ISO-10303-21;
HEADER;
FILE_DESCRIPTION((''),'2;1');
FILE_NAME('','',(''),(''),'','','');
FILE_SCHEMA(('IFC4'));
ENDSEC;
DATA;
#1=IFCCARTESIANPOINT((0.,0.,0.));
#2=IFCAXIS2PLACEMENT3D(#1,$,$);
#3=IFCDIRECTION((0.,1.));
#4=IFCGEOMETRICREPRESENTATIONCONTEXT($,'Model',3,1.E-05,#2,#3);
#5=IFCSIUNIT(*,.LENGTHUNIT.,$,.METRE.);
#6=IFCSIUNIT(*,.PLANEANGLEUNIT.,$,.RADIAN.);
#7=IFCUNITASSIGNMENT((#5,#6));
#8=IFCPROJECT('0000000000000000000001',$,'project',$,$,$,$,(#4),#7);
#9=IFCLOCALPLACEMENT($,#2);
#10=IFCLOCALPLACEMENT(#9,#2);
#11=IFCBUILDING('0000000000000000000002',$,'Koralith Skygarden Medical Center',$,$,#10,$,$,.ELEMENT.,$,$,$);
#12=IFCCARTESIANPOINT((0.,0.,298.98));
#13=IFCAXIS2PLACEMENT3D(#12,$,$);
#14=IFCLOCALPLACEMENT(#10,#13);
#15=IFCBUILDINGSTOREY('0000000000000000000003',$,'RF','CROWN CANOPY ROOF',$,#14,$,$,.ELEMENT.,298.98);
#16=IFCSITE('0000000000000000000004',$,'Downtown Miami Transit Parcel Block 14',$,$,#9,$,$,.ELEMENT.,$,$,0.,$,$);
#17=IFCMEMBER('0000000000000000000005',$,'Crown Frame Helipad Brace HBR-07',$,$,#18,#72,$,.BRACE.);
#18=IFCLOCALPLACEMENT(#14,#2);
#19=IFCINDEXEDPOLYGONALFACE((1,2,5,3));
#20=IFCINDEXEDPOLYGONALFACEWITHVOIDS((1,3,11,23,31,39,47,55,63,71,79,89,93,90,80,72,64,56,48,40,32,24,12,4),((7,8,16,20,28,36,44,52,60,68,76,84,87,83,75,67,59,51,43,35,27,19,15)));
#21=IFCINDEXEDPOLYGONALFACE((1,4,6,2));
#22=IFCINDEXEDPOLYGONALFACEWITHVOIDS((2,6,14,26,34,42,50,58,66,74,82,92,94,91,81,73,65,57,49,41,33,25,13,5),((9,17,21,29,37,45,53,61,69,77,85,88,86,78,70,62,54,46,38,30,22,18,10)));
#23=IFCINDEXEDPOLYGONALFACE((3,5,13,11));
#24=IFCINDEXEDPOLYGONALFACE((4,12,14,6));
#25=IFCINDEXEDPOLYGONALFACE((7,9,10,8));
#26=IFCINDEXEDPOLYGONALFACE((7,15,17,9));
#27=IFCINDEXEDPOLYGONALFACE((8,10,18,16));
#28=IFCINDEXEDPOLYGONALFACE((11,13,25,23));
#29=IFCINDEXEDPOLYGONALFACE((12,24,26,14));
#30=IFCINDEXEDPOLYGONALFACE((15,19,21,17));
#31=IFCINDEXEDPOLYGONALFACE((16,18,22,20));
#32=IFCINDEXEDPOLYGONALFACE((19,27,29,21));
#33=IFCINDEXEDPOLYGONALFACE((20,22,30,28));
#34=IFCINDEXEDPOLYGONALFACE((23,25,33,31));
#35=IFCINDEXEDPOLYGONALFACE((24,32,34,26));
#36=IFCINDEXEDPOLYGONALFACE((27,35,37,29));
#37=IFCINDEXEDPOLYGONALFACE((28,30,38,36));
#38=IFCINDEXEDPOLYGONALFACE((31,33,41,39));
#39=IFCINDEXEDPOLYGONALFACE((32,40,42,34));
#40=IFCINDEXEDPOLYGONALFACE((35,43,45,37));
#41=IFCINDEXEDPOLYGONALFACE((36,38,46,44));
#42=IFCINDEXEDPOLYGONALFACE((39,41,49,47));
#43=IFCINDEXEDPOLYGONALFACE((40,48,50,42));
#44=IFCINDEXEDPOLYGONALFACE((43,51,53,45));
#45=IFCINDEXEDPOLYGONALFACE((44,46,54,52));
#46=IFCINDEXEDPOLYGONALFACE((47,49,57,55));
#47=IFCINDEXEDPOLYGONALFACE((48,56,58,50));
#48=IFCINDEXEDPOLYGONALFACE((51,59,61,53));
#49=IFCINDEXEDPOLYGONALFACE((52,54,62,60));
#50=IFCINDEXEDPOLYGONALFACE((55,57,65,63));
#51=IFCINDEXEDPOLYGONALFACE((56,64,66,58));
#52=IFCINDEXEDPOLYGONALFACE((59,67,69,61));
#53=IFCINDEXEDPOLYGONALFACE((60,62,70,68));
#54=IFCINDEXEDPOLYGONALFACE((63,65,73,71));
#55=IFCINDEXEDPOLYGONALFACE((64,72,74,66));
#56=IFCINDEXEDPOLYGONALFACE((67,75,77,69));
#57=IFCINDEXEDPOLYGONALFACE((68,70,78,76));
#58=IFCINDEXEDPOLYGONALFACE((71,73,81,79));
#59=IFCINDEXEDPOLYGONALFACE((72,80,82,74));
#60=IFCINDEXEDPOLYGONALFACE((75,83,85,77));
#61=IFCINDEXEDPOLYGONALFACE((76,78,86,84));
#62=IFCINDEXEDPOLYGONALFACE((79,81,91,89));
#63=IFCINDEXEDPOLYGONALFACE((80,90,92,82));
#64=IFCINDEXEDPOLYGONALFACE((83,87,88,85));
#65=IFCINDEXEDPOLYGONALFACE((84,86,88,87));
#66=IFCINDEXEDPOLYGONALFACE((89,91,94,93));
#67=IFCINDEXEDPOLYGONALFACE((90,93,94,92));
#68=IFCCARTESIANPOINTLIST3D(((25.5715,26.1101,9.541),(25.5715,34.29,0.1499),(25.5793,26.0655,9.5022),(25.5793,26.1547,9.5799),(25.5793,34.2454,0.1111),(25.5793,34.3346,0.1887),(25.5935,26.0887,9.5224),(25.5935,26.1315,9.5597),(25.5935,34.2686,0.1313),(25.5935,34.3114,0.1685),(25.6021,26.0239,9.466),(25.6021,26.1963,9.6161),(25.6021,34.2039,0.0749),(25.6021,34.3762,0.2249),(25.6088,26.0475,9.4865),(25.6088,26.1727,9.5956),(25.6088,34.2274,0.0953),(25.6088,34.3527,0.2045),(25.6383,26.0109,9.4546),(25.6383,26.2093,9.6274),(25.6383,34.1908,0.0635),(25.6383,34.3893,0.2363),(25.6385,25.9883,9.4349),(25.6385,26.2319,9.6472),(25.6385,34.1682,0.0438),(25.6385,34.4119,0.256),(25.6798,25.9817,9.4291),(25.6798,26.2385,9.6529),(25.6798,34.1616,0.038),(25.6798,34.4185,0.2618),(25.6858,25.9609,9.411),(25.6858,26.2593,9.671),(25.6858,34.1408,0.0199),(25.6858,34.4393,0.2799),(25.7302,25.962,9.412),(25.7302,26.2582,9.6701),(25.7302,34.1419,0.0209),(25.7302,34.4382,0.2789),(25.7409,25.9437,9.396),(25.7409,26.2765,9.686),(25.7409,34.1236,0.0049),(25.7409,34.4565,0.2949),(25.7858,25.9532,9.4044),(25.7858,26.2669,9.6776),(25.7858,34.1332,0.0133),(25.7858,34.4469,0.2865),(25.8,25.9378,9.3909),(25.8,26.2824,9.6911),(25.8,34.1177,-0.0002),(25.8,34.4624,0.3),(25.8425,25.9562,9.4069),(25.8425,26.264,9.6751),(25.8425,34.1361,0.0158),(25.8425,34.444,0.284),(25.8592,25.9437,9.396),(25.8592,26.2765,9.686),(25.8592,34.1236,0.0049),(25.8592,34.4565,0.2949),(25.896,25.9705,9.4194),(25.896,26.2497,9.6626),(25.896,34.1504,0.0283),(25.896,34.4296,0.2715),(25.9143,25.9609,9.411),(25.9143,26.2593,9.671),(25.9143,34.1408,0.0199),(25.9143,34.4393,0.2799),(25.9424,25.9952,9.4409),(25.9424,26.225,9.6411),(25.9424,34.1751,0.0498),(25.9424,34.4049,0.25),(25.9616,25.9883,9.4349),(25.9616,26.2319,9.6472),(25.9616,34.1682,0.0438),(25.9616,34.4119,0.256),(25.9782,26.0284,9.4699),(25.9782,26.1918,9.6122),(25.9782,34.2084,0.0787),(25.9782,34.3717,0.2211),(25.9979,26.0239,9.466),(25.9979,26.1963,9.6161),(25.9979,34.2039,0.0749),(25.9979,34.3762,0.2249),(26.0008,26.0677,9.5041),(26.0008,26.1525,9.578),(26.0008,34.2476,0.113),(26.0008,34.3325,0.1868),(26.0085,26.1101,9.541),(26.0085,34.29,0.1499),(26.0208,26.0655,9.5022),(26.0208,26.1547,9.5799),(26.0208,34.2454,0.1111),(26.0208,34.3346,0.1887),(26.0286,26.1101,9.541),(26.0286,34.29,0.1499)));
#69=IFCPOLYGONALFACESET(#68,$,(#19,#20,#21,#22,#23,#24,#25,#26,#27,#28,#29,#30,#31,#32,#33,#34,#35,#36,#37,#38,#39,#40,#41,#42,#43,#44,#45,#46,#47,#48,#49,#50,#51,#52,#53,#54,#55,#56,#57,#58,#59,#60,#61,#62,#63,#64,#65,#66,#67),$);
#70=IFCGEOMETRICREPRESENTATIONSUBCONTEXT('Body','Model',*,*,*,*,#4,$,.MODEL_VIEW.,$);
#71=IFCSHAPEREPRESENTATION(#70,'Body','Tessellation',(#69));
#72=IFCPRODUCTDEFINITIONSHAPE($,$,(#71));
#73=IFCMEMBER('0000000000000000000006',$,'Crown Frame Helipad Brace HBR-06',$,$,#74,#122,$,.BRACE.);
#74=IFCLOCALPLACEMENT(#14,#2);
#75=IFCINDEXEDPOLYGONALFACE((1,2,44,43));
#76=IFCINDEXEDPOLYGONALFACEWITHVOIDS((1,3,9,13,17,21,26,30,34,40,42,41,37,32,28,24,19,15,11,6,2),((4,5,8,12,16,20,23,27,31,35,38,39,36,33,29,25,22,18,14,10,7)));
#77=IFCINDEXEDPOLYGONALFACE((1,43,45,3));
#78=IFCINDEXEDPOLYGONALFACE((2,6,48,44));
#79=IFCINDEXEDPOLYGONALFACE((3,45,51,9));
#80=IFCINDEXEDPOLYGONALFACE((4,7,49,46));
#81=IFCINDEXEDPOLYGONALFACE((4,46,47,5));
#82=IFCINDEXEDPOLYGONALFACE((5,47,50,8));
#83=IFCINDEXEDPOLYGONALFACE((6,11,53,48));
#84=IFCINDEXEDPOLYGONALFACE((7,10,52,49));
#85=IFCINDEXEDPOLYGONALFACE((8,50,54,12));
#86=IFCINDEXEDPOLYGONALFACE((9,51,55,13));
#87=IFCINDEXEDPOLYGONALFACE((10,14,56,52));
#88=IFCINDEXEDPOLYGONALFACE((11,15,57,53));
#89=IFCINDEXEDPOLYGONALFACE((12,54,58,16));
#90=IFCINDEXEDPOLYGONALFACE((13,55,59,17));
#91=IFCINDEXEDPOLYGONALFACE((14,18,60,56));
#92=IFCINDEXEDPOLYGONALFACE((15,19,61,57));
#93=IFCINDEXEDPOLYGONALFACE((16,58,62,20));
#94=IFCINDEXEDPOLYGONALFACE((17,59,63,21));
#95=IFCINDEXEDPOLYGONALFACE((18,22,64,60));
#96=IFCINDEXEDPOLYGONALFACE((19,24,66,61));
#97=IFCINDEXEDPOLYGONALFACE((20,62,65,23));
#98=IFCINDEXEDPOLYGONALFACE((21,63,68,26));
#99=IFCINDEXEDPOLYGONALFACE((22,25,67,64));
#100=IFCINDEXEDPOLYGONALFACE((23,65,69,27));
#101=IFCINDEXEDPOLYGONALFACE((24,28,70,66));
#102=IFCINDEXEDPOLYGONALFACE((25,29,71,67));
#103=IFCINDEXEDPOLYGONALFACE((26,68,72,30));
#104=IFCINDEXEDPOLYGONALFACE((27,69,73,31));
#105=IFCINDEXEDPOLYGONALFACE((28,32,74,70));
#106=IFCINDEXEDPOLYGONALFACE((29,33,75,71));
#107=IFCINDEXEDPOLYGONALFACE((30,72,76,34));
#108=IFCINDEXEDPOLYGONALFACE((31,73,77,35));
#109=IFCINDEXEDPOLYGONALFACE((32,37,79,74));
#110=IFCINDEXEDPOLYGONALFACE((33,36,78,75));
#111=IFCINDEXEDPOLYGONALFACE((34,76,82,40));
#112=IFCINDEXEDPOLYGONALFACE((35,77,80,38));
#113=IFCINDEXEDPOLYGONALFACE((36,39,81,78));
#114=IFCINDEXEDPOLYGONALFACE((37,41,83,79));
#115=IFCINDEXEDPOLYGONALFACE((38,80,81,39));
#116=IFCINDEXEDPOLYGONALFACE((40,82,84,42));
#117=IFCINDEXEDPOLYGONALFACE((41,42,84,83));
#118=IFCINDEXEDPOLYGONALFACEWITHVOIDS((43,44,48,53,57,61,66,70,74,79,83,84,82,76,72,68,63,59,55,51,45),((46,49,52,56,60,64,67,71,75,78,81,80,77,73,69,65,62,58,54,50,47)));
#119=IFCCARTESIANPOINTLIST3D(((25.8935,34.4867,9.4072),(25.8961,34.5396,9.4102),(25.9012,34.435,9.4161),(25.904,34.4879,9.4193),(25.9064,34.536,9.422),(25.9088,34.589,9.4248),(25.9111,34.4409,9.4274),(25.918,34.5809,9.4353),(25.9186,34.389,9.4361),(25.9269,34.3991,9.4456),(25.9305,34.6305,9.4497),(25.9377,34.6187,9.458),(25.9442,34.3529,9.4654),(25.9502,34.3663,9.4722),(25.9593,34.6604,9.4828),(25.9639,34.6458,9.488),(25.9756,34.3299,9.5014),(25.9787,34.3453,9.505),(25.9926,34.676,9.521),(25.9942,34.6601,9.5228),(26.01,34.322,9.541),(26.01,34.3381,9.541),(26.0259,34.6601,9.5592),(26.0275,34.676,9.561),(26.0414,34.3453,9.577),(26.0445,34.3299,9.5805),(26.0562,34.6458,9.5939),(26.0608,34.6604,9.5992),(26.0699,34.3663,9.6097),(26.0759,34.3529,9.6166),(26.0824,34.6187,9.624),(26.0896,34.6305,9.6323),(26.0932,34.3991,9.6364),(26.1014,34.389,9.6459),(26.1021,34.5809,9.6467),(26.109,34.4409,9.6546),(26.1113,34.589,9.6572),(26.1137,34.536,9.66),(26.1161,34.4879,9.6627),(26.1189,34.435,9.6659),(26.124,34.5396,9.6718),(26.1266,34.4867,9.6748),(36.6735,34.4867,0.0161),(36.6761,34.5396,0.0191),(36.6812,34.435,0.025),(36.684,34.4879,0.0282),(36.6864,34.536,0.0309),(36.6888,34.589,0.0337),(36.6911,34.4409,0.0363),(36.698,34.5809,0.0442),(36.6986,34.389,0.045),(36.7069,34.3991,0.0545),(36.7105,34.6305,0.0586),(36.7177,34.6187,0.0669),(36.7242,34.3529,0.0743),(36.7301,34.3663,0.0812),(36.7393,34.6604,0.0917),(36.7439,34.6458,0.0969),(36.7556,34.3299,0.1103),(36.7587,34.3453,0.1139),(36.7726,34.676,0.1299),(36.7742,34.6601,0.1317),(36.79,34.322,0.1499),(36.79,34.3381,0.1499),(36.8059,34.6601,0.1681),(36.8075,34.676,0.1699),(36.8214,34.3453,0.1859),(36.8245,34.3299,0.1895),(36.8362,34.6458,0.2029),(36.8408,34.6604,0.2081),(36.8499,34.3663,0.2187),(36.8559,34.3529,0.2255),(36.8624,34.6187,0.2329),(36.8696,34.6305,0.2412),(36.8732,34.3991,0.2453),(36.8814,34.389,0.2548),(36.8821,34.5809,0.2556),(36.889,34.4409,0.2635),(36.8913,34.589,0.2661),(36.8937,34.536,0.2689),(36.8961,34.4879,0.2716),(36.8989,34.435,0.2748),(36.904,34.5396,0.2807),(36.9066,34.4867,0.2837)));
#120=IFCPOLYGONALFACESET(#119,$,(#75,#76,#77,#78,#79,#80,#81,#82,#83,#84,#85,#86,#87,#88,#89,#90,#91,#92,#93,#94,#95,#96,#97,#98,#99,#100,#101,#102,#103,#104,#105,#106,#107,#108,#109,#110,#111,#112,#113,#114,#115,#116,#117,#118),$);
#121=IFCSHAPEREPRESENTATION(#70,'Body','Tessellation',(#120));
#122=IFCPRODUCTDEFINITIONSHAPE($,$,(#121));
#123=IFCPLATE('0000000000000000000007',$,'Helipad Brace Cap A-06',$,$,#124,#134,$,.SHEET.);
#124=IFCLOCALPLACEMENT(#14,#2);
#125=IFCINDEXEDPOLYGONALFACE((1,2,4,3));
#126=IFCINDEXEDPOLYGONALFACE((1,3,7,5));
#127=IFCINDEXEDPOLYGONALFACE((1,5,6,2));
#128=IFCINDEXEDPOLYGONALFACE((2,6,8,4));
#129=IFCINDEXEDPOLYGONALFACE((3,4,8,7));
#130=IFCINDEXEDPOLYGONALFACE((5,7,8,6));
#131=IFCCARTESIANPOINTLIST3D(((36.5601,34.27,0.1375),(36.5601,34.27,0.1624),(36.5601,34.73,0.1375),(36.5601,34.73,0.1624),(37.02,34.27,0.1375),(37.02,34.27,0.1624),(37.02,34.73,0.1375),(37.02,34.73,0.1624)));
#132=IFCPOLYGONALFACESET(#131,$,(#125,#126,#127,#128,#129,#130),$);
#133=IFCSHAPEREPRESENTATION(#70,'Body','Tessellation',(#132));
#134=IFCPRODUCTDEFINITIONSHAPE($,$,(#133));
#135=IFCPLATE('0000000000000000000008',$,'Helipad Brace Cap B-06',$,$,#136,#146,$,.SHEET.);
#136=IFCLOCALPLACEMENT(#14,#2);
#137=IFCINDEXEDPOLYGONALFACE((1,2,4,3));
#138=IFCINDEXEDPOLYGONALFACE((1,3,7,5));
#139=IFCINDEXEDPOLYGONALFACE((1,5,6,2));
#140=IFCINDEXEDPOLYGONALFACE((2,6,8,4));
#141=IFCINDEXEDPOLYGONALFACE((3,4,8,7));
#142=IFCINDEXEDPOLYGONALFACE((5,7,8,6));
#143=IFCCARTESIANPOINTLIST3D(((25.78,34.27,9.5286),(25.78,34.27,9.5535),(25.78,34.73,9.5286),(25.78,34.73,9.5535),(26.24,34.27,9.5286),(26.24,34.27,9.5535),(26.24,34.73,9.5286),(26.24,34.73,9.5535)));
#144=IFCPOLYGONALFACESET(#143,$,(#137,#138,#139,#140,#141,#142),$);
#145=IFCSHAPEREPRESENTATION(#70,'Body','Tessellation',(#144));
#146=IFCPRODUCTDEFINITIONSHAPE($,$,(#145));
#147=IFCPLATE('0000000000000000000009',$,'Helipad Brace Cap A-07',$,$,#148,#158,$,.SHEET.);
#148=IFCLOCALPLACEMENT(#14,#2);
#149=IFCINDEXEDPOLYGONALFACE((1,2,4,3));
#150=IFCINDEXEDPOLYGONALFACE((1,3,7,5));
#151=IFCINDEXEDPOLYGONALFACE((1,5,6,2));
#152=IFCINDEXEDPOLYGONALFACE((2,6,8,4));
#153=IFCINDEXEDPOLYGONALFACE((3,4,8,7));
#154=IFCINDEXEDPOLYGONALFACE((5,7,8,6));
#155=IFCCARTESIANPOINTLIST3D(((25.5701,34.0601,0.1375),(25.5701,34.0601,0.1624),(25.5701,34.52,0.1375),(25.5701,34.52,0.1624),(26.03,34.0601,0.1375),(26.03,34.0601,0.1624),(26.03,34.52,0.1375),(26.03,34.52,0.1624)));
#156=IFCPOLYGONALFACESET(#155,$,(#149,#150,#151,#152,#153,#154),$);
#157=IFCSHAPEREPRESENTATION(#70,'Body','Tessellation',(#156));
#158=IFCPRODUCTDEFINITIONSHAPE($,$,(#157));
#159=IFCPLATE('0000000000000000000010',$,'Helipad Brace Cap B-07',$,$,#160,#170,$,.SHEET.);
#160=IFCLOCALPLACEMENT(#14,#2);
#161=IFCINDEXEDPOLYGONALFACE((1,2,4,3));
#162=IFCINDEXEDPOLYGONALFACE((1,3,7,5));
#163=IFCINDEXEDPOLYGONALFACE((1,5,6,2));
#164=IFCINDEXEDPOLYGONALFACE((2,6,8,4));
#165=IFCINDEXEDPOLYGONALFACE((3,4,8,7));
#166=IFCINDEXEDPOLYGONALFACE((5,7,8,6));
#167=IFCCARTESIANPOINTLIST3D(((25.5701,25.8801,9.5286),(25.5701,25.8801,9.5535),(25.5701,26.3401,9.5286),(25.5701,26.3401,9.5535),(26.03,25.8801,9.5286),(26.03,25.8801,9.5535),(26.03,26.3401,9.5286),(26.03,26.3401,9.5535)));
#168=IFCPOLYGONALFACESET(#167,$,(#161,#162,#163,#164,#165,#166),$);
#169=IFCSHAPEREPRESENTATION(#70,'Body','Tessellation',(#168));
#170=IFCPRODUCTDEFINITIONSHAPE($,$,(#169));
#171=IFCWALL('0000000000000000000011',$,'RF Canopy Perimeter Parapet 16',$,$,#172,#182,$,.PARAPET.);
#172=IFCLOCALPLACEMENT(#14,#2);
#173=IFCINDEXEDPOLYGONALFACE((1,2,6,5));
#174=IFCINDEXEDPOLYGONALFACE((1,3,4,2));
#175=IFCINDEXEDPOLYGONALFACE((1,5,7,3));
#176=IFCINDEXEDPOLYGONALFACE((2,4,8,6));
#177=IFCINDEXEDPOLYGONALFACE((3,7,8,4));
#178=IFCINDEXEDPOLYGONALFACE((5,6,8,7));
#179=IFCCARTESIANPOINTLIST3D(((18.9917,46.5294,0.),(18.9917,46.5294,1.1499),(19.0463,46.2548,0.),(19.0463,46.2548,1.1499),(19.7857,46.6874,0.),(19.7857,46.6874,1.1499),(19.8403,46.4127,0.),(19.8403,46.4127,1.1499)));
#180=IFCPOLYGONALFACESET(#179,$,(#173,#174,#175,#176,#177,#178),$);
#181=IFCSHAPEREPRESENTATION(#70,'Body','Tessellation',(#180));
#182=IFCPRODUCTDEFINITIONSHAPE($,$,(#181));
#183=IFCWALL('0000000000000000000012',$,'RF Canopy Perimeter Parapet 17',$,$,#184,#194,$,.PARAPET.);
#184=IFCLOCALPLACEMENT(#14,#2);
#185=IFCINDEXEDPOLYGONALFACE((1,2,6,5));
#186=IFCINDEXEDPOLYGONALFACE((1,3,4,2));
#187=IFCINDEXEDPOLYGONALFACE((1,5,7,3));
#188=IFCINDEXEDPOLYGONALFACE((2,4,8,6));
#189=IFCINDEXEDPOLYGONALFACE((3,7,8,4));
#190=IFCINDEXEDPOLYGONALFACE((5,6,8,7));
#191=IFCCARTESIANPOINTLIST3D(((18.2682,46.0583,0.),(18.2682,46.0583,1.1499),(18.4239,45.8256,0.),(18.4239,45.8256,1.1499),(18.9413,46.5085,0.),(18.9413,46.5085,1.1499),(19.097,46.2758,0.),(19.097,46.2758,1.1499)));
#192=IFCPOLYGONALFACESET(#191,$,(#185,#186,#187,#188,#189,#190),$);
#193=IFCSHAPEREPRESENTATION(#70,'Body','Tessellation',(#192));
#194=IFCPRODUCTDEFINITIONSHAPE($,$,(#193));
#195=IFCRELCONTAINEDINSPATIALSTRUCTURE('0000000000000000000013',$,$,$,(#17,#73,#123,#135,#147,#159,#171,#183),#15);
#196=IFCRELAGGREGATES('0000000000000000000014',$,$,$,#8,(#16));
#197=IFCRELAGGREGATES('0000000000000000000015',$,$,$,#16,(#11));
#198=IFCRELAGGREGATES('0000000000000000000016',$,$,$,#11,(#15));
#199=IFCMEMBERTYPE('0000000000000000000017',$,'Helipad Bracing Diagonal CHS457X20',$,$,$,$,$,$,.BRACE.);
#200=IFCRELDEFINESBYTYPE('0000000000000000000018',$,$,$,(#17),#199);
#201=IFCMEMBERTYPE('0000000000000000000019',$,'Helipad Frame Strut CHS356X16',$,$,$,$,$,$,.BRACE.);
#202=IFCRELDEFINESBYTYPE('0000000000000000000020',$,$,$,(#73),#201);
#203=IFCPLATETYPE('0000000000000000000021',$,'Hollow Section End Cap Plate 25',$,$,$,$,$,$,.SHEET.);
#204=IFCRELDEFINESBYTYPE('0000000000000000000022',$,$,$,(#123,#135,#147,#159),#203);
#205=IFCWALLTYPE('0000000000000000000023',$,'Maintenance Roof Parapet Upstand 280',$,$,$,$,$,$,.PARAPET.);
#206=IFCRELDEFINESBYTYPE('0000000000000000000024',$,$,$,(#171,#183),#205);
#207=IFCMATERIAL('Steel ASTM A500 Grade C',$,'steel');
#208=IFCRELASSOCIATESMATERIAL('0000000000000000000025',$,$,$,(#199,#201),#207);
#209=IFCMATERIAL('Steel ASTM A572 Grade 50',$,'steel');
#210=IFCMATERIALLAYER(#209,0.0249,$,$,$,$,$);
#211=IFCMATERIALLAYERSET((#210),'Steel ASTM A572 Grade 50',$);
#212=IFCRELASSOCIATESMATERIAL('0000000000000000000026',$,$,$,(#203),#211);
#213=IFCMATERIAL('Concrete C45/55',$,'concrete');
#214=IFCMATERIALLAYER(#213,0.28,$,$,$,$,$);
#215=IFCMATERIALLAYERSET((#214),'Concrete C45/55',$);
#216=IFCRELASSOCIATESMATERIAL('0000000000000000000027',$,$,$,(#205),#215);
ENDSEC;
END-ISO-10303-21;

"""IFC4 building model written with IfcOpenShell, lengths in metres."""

from ifc_helpers import new_model, si_unit, direction, frame, frame_2d, origin, origin_2d, place, context, subcontext, project, spatial, rectangle, hollow_circle, extrude, material, layer, layer_set, material_profile, profile_set, type_object, element, save


model = new_model("IFC4")

# Units and contexts
model_context = context("Model", 3, precision=1e-05, world=origin(), true_north=direction((0.0, 1.0)))
body_context = subcontext(model_context, "Body", "Model", "MODEL_VIEW")
ifc_project = project(units=[si_unit("LENGTHUNIT", "METRE"), si_unit("PLANEANGLEUNIT", "RADIAN")], contexts=[model_context])

# Site, building, storey
site_placement = place(None, origin())
site = spatial("IfcSite", under=ifc_project, at=site_placement, Name="Downtown Miami Transit Parcel Block 14", CompositionType="ELEMENT", RefElevation=0.0)
building_placement = place(site_placement, origin())
building = spatial("IfcBuilding", under=site, at=building_placement, Name="Koralith Skygarden Medical Center", CompositionType="ELEMENT")
storey_placement = place(building_placement, frame((0.0, 0.0, 298.98)))
storey = spatial("IfcBuildingStorey", under=building, at=storey_placement, Name="RF", Description="CROWN CANOPY ROOF", CompositionType="ELEMENT", Elevation=298.98)

# Members
ifc_material_1 = material(Name="Steel ASTM A500 Grade C", Category="steel")
ifc_material_profile_1 = material_profile(ifc_material_1, hollow_circle(Radius=0.2285, WallThickness=0.02, at=origin_2d()), Name="CHS457X20")
ifc_profile_set_1 = profile_set([ifc_material_profile_1], Name="Steel ASTM A500 Grade C")
member_type_1 = type_object("IfcMemberType", Name="Helipad Bracing Diagonal CHS457X20", PredefinedType="BRACE", material=ifc_profile_set_1)
member_1_placement = place(storey_placement, frame((25.8, 34.29, 0.1499), z_axis=(0.0, -0.656807, 0.754059), x_axis=(1.0, 0.0, 0.0)))
element("IfcMember", 1, at=member_1_placement, inside=storey, type_object=member_type_1, Name="Crown Frame Helipad Brace HBR-07", PredefinedType="BRACE", context=body_context, shape_type="SweptSolid", body=[
    extrude(hollow_circle(Radius=0.2285, WallThickness=0.02, at=origin_2d()), origin(), (0.0, 0.0, 1.0), 12.4541),
])
ifc_material_profile_2 = material_profile(ifc_material_1, hollow_circle(Radius=0.178, WallThickness=0.0161, at=origin_2d()), Name="CHS356X16")
ifc_profile_set_2 = profile_set([ifc_material_profile_2], Name="Steel ASTM A500 Grade C")
member_type_2 = type_object("IfcMemberType", Name="Helipad Frame Strut CHS356X16", PredefinedType="BRACE", material=ifc_profile_set_2)
member_2_placement = place(storey_placement, frame((36.79, 34.5, 0.1499), z_axis=(-0.75401, 0.0, 0.656862), x_axis=(0.0, -1.0, 0.0)))
element("IfcMember", 2, at=member_2_placement, inside=storey, type_object=member_type_2, Name="Crown Frame Helipad Brace HBR-06", PredefinedType="BRACE", context=body_context, shape_type="SweptSolid", body=[
    extrude(hollow_circle(Radius=0.178, WallThickness=0.0161, at=origin_2d()), origin(), (0.0, 0.0, 1.0), 14.2969),
])

# Plates
ifc_material_2 = material(Name="Steel ASTM A572 Grade 50", Category="steel")
ifc_layer_1 = layer(ifc_material_2, 0.0249)
ifc_layer_set_1 = layer_set([ifc_layer_1], Name="Steel ASTM A572 Grade 50")
plate_type = type_object("IfcPlateType", Name="Hollow Section End Cap Plate 25", PredefinedType="SHEET", material=ifc_layer_set_1)
for number, where, z_axis, x_axis, name in (
    (3, (36.79, 34.5, 0.1375), (0.0, 0.0, 1.0), (1.0, 0.0, 0.0), "Helipad Brace Cap A-06"),
    (4, (26.01, 34.5, 9.5286), (0.0, 0.0, 1.0), (1.0, 0.0, 0.0), "Helipad Brace Cap B-06"),
    (5, (25.8, 34.29, 0.1375), (0.0, 0.0, 1.0), (1.0, 0.0, 0.0), "Helipad Brace Cap A-07"),
    (6, (25.8, 26.1101, 9.5286), (0.0, 0.0, 1.0), (1.0, 0.0, 0.0), "Helipad Brace Cap B-07"),
):
    element("IfcPlate", number, at=place(storey_placement, frame(where, z_axis=z_axis, x_axis=x_axis)), inside=storey, type_object=plate_type, Name=name, PredefinedType="SHEET", context=body_context, shape_type="SweptSolid", body=[
        extrude(rectangle(XDim=0.46, YDim=0.46, at=origin_2d()), origin(), (0.0, 0.0, 1.0), 0.0249),
    ])

# Walls
ifc_material_3 = material(Name="Concrete C45/55", Category="concrete")
ifc_layer_2 = layer(ifc_material_3, 0.28)
ifc_layer_set_2 = layer_set([ifc_layer_2], Name="Concrete C45/55")
wall_type_1 = type_object("IfcWallType", Name="Maintenance Roof Parapet Upstand 280", PredefinedType="PARAPET", material=ifc_layer_set_2)
wall_1_placement = place(storey_placement, frame((19.813, 46.55, 0.0), z_axis=(0.0, 0.0, 1.0), x_axis=(-0.980777, -0.19513, 0.0)))
element("IfcWall", 7, at=wall_1_placement, inside=storey, type_object=wall_type_1, Name="RF Canopy Perimeter Parapet 16", PredefinedType="PARAPET", context=body_context, shape_type="SweptSolid", body=[
    extrude(rectangle(XDim=0.8096, YDim=0.28, at=frame_2d((0.4048, 0.0))), origin(), (0.0, 0.0, 1.0), 1.1499),
])
wall_2_placement = place(storey_placement, frame((19.019, 46.3921, 0.0), z_axis=(0.0, 0.0, 1.0), x_axis=(-0.831214, -0.555952, 0.0)))
element("IfcWall", 8, at=wall_2_placement, inside=storey, type_object=wall_type_1, Name="RF Canopy Perimeter Parapet 17", PredefinedType="PARAPET", context=body_context, shape_type="SweptSolid", body=[
    extrude(rectangle(XDim=0.8098, YDim=0.28, at=frame_2d((0.4048, 0.0))), origin(), (0.0, 0.0, 1.0), 1.1499),
])

save(model, "model.ifc")
